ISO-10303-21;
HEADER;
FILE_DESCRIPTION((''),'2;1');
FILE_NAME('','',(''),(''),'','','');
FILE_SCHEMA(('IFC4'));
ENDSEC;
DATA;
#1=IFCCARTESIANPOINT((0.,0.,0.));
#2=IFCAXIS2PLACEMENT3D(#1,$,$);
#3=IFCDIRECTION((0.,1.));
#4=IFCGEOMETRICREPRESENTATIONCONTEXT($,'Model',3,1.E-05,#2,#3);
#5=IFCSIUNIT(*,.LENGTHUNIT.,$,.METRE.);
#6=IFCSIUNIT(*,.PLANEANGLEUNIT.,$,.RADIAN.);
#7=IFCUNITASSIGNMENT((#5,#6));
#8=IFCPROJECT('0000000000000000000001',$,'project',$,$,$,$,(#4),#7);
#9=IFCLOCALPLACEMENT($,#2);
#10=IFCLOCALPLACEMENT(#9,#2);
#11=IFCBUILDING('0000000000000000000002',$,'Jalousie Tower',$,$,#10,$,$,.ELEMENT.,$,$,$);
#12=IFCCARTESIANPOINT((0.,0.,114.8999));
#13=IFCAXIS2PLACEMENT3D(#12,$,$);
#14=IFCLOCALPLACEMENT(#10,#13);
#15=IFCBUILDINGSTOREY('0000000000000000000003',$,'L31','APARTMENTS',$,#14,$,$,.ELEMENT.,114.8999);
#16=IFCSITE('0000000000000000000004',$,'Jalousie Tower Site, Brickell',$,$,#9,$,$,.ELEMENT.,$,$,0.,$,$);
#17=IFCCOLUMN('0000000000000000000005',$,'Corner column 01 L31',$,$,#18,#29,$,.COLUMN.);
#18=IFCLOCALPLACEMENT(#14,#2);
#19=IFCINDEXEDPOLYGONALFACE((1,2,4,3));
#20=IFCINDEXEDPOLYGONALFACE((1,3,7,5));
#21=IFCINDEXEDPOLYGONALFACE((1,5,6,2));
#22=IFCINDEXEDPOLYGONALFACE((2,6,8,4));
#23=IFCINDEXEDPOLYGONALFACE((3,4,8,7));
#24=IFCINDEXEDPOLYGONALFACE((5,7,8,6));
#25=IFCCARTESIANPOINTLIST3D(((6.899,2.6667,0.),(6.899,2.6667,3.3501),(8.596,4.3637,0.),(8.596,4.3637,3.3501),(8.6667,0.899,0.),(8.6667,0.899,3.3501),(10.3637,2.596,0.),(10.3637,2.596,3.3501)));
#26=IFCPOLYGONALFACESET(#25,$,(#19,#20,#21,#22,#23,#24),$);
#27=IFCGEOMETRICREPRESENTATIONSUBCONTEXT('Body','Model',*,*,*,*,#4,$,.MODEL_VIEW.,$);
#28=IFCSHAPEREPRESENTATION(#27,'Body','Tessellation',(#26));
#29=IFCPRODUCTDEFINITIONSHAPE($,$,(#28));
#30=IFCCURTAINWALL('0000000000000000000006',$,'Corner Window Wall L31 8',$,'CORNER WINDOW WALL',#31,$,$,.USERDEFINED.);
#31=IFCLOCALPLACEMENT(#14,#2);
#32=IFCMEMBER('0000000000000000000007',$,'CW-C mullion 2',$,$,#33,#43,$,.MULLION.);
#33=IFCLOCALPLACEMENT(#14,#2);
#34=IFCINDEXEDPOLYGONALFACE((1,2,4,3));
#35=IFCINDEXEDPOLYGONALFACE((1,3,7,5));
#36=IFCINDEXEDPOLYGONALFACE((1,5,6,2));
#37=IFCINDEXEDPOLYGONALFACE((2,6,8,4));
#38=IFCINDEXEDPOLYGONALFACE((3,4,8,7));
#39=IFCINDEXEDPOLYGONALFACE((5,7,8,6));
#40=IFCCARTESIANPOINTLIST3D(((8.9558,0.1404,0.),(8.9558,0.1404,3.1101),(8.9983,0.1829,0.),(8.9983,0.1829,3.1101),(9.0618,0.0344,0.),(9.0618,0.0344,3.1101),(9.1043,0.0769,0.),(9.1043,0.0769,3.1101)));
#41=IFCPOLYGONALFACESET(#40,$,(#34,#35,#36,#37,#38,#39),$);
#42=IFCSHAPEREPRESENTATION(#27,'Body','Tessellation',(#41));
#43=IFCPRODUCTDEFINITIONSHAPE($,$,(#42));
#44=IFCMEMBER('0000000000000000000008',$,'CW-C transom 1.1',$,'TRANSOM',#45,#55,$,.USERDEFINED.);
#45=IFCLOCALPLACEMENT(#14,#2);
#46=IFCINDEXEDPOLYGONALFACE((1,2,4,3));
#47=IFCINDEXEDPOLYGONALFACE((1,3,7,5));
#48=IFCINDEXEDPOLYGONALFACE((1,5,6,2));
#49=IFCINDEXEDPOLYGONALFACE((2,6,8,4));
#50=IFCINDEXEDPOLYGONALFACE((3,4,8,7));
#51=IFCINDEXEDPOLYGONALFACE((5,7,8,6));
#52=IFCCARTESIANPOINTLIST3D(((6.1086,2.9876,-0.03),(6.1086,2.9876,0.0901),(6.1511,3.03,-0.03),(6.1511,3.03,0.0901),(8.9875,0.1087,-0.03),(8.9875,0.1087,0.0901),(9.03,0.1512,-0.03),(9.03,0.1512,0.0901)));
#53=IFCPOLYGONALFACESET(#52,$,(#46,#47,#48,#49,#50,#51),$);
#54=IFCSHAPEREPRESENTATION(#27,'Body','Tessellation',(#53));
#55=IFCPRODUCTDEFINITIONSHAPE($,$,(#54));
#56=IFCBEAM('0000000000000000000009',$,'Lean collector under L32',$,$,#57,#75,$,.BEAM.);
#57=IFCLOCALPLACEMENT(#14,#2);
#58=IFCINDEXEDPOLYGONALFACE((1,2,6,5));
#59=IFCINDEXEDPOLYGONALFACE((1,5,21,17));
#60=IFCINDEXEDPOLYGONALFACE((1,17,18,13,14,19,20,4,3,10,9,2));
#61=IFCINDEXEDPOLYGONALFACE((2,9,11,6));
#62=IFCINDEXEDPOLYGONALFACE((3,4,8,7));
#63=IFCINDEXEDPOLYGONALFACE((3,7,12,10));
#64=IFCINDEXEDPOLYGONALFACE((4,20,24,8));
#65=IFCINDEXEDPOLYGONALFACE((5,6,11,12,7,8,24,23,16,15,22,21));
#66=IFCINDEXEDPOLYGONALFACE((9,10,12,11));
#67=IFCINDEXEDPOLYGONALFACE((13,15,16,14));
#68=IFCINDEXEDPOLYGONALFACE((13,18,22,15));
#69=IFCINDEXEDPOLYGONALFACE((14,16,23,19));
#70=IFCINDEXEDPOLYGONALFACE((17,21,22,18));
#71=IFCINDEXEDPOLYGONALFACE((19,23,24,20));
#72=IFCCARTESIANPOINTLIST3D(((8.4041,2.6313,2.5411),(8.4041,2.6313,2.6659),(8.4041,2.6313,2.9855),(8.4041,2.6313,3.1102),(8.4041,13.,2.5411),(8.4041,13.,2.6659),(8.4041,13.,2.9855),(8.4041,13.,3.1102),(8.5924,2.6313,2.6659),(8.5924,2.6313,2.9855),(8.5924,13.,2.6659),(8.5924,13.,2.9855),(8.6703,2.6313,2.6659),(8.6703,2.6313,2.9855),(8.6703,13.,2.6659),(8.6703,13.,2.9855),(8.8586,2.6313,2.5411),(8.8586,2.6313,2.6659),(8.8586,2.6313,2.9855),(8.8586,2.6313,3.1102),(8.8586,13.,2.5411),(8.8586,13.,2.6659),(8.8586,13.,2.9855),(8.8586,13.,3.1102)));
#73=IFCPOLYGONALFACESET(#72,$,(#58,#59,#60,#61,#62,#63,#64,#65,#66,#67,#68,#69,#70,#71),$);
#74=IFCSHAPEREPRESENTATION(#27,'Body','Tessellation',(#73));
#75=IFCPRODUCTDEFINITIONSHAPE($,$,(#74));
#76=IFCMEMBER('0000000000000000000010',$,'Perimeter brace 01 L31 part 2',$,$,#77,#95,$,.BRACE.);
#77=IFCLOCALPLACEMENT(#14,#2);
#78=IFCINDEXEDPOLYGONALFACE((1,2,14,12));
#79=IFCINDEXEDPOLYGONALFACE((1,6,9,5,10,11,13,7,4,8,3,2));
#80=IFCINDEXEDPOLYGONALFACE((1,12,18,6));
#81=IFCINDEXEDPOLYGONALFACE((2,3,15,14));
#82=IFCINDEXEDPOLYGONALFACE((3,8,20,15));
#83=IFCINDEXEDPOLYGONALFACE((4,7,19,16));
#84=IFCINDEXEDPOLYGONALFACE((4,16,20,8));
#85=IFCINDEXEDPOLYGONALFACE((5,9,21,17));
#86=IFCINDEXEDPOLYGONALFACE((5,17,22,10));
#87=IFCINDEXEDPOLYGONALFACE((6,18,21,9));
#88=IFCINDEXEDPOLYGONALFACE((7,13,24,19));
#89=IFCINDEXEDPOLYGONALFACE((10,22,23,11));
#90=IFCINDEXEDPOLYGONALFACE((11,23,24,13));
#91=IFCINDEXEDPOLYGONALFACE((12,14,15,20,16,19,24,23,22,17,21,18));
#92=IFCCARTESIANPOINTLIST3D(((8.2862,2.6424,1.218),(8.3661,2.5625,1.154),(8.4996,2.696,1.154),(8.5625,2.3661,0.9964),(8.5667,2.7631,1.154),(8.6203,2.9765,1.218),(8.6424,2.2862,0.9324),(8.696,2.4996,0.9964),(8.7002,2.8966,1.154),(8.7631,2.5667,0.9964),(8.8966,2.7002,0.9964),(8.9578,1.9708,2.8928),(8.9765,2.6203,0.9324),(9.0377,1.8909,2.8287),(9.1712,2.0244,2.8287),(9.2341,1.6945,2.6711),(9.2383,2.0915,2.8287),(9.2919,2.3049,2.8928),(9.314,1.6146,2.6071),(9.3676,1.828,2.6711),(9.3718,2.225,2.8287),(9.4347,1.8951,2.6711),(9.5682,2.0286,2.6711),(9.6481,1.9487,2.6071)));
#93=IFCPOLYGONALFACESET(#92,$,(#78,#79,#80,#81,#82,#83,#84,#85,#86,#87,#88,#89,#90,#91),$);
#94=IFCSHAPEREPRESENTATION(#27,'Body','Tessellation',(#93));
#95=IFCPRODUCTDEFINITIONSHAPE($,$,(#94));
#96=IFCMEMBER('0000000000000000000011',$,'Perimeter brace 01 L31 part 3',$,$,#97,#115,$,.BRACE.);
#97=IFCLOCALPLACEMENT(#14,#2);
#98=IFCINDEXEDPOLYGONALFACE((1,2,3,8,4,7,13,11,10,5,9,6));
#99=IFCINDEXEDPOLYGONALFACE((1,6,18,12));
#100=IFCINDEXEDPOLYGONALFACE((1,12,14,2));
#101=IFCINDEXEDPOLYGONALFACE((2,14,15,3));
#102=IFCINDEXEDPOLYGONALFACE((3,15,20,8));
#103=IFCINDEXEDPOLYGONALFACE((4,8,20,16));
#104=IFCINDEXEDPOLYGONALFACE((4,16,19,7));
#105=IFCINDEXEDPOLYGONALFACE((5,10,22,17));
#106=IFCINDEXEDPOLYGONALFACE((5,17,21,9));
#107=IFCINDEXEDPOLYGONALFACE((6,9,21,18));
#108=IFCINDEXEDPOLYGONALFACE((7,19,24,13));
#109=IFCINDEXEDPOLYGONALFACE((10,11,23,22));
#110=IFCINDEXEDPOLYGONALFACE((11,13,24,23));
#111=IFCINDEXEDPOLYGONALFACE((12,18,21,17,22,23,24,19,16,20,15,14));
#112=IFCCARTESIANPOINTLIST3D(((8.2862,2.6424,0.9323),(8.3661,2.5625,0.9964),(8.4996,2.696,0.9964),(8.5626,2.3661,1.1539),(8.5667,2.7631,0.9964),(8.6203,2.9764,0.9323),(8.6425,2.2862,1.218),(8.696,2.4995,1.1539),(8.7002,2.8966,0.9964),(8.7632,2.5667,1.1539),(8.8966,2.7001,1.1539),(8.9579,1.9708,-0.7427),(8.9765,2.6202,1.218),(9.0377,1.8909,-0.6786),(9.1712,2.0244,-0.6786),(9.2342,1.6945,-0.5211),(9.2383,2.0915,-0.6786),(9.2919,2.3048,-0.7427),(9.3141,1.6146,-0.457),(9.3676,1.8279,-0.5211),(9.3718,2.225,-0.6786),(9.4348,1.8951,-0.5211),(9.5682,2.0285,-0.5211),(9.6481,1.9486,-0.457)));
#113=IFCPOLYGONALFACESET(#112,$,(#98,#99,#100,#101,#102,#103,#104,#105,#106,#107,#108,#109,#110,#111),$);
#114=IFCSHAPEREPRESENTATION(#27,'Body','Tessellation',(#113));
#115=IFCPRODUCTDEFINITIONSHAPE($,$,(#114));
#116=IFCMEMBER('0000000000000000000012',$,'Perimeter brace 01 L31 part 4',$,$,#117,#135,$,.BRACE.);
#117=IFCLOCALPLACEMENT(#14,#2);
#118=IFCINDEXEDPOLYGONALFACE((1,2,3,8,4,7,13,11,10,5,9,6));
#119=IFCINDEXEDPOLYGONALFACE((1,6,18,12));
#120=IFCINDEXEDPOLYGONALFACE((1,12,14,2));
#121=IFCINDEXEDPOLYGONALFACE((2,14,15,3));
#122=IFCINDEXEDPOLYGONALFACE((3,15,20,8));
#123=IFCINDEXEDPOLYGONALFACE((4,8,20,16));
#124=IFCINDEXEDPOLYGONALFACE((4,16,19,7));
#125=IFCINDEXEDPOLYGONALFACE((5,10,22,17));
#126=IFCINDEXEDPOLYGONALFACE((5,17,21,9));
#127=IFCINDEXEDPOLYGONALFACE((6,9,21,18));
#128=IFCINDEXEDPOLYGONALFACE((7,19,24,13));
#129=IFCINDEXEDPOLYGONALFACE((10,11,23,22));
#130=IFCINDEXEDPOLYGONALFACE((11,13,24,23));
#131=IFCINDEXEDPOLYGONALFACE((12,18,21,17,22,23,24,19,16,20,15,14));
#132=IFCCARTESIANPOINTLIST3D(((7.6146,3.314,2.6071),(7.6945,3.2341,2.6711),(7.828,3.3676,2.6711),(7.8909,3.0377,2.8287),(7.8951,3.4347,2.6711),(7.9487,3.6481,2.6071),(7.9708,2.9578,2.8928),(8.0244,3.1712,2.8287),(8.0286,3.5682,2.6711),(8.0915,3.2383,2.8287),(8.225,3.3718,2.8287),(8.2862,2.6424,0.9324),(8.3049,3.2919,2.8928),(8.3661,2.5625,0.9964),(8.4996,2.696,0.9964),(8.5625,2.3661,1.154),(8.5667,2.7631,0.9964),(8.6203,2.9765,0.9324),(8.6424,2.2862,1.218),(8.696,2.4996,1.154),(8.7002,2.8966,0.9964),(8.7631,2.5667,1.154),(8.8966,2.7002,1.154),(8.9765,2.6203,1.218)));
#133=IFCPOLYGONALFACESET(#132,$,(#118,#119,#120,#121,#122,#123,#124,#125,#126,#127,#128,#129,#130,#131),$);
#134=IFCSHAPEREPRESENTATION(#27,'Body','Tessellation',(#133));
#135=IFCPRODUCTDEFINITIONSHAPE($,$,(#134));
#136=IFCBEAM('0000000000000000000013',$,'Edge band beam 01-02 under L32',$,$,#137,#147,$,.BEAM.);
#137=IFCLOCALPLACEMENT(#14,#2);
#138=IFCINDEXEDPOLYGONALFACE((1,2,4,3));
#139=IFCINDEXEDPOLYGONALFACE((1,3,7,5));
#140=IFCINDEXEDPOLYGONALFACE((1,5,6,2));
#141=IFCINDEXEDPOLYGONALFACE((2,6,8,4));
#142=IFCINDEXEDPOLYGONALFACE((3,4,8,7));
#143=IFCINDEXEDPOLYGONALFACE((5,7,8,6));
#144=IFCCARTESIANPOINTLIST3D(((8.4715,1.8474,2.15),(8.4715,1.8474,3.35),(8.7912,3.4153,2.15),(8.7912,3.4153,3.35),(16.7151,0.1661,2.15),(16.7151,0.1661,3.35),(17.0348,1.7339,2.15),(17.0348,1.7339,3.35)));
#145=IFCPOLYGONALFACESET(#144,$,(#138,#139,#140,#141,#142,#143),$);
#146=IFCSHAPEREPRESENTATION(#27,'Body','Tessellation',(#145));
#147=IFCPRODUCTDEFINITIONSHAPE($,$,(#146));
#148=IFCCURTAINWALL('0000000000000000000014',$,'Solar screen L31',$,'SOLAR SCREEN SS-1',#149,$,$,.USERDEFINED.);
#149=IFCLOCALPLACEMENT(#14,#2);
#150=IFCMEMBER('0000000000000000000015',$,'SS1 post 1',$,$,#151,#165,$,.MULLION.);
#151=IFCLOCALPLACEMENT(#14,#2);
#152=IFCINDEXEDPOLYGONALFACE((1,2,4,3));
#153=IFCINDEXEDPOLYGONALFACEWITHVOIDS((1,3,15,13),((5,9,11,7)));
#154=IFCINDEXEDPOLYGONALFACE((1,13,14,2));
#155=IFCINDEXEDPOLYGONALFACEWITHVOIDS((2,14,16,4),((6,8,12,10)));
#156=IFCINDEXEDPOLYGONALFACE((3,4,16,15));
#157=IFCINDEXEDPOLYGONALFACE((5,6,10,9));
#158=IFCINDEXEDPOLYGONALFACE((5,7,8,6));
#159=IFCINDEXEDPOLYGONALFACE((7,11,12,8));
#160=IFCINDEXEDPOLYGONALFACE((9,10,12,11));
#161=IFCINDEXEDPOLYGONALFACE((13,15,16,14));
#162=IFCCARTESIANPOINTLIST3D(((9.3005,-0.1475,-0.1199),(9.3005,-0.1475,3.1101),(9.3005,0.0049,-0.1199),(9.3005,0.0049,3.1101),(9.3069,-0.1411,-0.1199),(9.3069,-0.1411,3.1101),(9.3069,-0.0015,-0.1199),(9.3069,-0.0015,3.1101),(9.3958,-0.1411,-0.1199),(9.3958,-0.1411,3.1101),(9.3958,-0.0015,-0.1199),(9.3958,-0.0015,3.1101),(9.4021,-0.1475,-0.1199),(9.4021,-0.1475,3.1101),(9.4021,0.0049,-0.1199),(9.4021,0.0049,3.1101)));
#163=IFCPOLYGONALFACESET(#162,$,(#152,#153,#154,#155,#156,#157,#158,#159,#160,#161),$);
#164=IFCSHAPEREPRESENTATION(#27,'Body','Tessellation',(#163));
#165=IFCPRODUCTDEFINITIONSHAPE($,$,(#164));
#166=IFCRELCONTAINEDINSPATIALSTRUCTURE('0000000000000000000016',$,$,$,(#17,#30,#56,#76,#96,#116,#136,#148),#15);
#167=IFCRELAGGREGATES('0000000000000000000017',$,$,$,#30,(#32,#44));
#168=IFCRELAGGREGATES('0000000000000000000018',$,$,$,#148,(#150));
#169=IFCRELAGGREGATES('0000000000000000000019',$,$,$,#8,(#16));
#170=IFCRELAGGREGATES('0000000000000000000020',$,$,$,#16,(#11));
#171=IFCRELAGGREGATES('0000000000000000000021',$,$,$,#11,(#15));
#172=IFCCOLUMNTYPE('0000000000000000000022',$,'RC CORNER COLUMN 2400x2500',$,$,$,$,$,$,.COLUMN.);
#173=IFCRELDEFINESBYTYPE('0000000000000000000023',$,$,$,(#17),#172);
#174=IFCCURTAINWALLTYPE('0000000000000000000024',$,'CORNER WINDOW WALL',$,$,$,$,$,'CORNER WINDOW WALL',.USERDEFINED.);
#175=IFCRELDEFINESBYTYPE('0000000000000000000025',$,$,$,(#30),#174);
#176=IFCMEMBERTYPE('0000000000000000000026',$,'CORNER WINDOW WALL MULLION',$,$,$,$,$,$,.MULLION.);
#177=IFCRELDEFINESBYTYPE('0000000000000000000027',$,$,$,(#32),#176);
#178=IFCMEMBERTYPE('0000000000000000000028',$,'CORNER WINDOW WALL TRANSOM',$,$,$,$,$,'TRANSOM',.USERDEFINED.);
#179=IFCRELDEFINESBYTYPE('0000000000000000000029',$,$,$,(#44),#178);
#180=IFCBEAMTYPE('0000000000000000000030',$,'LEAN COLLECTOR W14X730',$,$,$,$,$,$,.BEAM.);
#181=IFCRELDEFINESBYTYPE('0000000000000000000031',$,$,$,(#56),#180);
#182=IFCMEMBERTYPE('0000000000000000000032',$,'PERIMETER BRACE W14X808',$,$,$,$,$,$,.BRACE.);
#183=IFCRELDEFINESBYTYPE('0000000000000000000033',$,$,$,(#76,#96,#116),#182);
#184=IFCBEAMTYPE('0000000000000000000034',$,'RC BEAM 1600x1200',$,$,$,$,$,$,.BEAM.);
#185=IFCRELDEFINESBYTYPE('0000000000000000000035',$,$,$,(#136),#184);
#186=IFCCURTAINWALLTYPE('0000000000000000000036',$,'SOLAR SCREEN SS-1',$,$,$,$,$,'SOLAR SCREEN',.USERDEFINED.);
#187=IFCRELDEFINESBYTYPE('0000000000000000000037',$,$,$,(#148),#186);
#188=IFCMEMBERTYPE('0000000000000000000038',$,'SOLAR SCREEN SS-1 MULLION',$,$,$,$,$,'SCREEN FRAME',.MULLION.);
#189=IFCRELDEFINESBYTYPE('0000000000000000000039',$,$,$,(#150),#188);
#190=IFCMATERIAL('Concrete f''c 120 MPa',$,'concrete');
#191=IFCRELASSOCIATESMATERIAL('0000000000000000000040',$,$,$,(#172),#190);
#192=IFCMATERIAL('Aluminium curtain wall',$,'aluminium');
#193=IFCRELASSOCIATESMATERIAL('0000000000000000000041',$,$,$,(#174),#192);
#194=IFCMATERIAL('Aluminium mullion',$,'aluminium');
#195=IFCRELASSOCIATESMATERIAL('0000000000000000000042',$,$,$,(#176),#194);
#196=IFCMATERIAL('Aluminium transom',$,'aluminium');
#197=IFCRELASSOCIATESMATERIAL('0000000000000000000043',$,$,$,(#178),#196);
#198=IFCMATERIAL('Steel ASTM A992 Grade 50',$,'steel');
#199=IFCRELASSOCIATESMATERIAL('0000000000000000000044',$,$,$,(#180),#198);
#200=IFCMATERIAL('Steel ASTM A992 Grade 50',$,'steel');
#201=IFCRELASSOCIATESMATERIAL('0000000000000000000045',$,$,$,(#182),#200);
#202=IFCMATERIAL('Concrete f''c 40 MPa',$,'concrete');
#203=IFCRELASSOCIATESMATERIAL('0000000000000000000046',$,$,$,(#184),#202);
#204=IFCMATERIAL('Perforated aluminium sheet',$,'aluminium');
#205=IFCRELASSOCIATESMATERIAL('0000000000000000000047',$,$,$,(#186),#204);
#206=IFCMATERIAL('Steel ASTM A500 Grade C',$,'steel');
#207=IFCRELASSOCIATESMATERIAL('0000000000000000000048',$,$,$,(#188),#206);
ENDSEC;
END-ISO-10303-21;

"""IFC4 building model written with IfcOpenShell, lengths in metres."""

from ifc_helpers import new_model, si_unit, direction, frame, origin, origin_2d, place, context, subcontext, project, spatial, rectangle, hollow_rectangle, i_section, extrude, material, material_profile, profile_set, type_object, element, aggregate, save


model = new_model("IFC4")

# Units and contexts
model_context = context("Model", 3, precision=1e-05, world=origin(), true_north=direction((0.0, 1.0)))
body_context = subcontext(model_context, "Body", "Model", "MODEL_VIEW")
ifc_project = project(units=[si_unit("LENGTHUNIT", "METRE"), si_unit("PLANEANGLEUNIT", "RADIAN")], contexts=[model_context])

# Site, building, storey
site_placement = place(None, origin())
site = spatial("IfcSite", under=ifc_project, at=site_placement, Name="Jalousie Tower Site, Brickell", CompositionType="ELEMENT", RefElevation=0.0)
building_placement = place(site_placement, origin())
building = spatial("IfcBuilding", under=site, at=building_placement, Name="Jalousie Tower", CompositionType="ELEMENT")
storey_placement = place(building_placement, frame((0.0, 0.0, 114.8999)))
storey = spatial("IfcBuildingStorey", under=building, at=storey_placement, Name="L31", Description="APARTMENTS", CompositionType="ELEMENT", Elevation=114.8999)

# Column
ifc_material_1 = material(Name="Concrete f'c 120 MPa", Category="concrete")
ifc_material_profile_1 = material_profile(ifc_material_1, rectangle(XDim=2.3999, YDim=2.5, at=origin_2d()), Name="RC 2400x2500")
ifc_profile_set_1 = profile_set([ifc_material_profile_1], Name="Concrete f'c 120 MPa")
column_type = type_object("IfcColumnType", Name="RC CORNER COLUMN 2400x2500", PredefinedType="COLUMN", material=ifc_profile_set_1)
column_placement = place(storey_placement, frame((8.6313, 2.6313, 0.0), z_axis=(0.0, 0.0, 1.0), x_axis=(0.707107, 0.707107, 0.0)))
element("IfcColumn", 1, at=column_placement, inside=storey, type_object=column_type, Name="Corner column 01 L31", PredefinedType="COLUMN", context=body_context, shape_type="SweptSolid", body=[
    extrude(rectangle(XDim=2.3999, YDim=2.5, at=origin_2d()), origin(), (0.0, 0.0, 1.0), 3.3501),
])

# Curtain wall, members
ifc_material_2 = material(Name="Aluminium curtain wall", Category="aluminium")
curtain_wall_type_1 = type_object("IfcCurtainWallType", Name="CORNER WINDOW WALL", ElementType="CORNER WINDOW WALL", PredefinedType="USERDEFINED", material=ifc_material_2)
curtain_wall_1_placement = place(storey_placement, origin())
curtain_wall_1 = element("IfcCurtainWall", 2, at=curtain_wall_1_placement, inside=storey, type_object=curtain_wall_type_1, Name="Corner Window Wall L31 8", ObjectType="CORNER WINDOW WALL", PredefinedType="USERDEFINED")
ifc_material_3 = material(Name="Aluminium mullion", Category="aluminium")
ifc_material_profile_2 = material_profile(ifc_material_3, rectangle(XDim=0.0601, YDim=0.1499, at=origin_2d()), Name="MULLION 60x150")
ifc_profile_set_2 = profile_set([ifc_material_profile_2], Name="Aluminium mullion")
member_type_1 = type_object("IfcMemberType", Name="CORNER WINDOW WALL MULLION", PredefinedType="MULLION", material=ifc_profile_set_2)
member_1_placement = place(storey_placement, frame((9.03, 0.1086, 0.0), z_axis=(0.0, 0.0, 1.0), x_axis=(0.707107, 0.707107, 0.0)))
member_1 = element("IfcMember", 3, at=member_1_placement, type_object=member_type_1, Name="CW-C mullion 2", PredefinedType="MULLION", context=body_context, shape_type="SweptSolid", body=[
    extrude(rectangle(XDim=0.0601, YDim=0.1499, at=origin_2d()), origin(), (0.0, 0.0, 1.0), 3.1101),
])
ifc_material_4 = material(Name="Aluminium transom", Category="aluminium")
ifc_material_profile_3 = material_profile(ifc_material_4, rectangle(XDim=0.0601, YDim=0.1201, at=origin_2d()), Name="TRANSOM 60x120")
ifc_profile_set_3 = profile_set([ifc_material_profile_3], Name="Aluminium transom")
member_type_2 = type_object("IfcMemberType", Name="CORNER WINDOW WALL TRANSOM", ElementType="TRANSOM", PredefinedType="USERDEFINED", material=ifc_profile_set_3)
member_2_placement = place(storey_placement, frame((6.1299, 3.0088, 0.03), z_axis=(0.707107, -0.707107, 0.0), x_axis=(0.707107, 0.707107, 0.0)))
member_2 = element("IfcMember", 4, at=member_2_placement, type_object=member_type_2, Name="CW-C transom 1.1", ObjectType="TRANSOM", PredefinedType="USERDEFINED", context=body_context, shape_type="SweptSolid", body=[
    extrude(rectangle(XDim=0.0601, YDim=0.1201, at=origin_2d()), origin(), (0.0, 0.0, 1.0), 4.0713),
])

# Beam
ifc_material_5 = material(Name="Steel ASTM A992 Grade 50", Category="steel")
ifc_material_profile_4 = material_profile(ifc_material_5, i_section(OverallWidth=0.4546, OverallDepth=0.5691, WebThickness=0.0779, FlangeThickness=0.1248, at=origin_2d()), Name="W14X730")
ifc_profile_set_4 = profile_set([ifc_material_profile_4], Name="Steel ASTM A992 Grade 50")
beam_type_1 = type_object("IfcBeamType", Name="LEAN COLLECTOR W14X730", PredefinedType="BEAM", material=ifc_profile_set_4)
beam_1_placement = place(storey_placement, frame((8.6313, 2.6313, 2.8257), z_axis=(0.0, 1.0, 0.0), x_axis=(-1.0, 0.0, 0.0)))
element("IfcBeam", 5, at=beam_1_placement, inside=storey, type_object=beam_type_1, Name="Lean collector under L32", PredefinedType="BEAM", context=body_context, shape_type="SweptSolid", body=[
    extrude(i_section(OverallWidth=0.4546, OverallDepth=0.5691, WebThickness=0.0779, FlangeThickness=0.1248, at=origin_2d()), origin(), (0.0, 0.0, 1.0), 10.3687),
])

# Members
ifc_material_6 = material(Name="Steel ASTM A992 Grade 50", Category="steel")
ifc_material_profile_5 = material_profile(ifc_material_6, i_section(OverallWidth=0.4724, OverallDepth=0.5791, WebThickness=0.095, FlangeThickness=0.1299, at=origin_2d()), Name="W14X808")
ifc_profile_set_5 = profile_set([ifc_material_profile_5], Name="Steel ASTM A992 Grade 50")
member_type_3 = type_object("IfcMemberType", Name="PERIMETER BRACE W14X808", PredefinedType="BRACE", material=ifc_profile_set_5)
member_3_placement = place(storey_placement, frame((8.6313, 2.6313, 1.0752), z_axis=(0.348828, -0.348828, 0.86985), x_axis=(0.707107, 0.707107, 0.0)))
element("IfcMember", 6, at=member_3_placement, inside=storey, type_object=member_type_3, Name="Perimeter brace 01 L31 part 2", PredefinedType="BRACE", context=body_context, shape_type="SweptSolid", body=[
    extrude(i_section(OverallWidth=0.4724, OverallDepth=0.5791, WebThickness=0.095, FlangeThickness=0.1299, at=origin_2d()), origin(), (0.0, 0.0, 1.0), 1.9253),
])
member_4_placement = place(storey_placement, frame((9.303, 1.9597, -0.5999), z_axis=(-0.348789, 0.348789, 0.869881), x_axis=(-0.707107, -0.707107, 0.0)))
element("IfcMember", 7, at=member_4_placement, inside=storey, type_object=member_type_3, Name="Perimeter brace 01 L31 part 3", PredefinedType="BRACE", context=body_context, shape_type="SweptSolid", body=[
    extrude(i_section(OverallWidth=0.4724, OverallDepth=0.5791, WebThickness=0.095, FlangeThickness=0.1299, at=origin_2d()), origin(), (0.0, 0.0, 1.0), 1.9255),
])
member_5_placement = place(storey_placement, frame((8.6313, 2.6313, 1.0752), z_axis=(-0.348828, 0.348828, 0.86985), x_axis=(-0.707107, -0.707107, 0.0)))
element("IfcMember", 8, at=member_5_placement, inside=storey, type_object=member_type_3, Name="Perimeter brace 01 L31 part 4", PredefinedType="BRACE", context=body_context, shape_type="SweptSolid", body=[
    extrude(i_section(OverallWidth=0.4724, OverallDepth=0.5791, WebThickness=0.095, FlangeThickness=0.1299, at=origin_2d()), origin(), (0.0, 0.0, 1.0), 1.9253),
])

# Beam
ifc_material_7 = material(Name="Concrete f'c 40 MPa", Category="concrete")
ifc_material_profile_6 = material_profile(ifc_material_7, rectangle(XDim=1.6001, YDim=1.2, at=origin_2d()), Name="RC 1600x1200")
ifc_profile_set_6 = profile_set([ifc_material_profile_6], Name="Concrete f'c 40 MPa")
beam_type_2 = type_object("IfcBeamType", Name="RC BEAM 1600x1200", PredefinedType="BEAM", material=ifc_profile_set_6)
beam_2_placement = place(storey_placement, frame((8.6313, 2.6313, 2.75), z_axis=(0.979827, -0.199848, 0.0), x_axis=(0.199848, 0.979827, 0.0)))
element("IfcBeam", 9, at=beam_2_placement, inside=storey, type_object=beam_type_2, Name="Edge band beam 01-02 under L32", PredefinedType="BEAM", context=body_context, shape_type="SweptSolid", body=[
    extrude(rectangle(XDim=1.6001, YDim=1.2, at=origin_2d()), origin(), (0.0, 0.0, 1.0), 8.4133),
])

# Curtain wall, member
ifc_material_8 = material(Name="Perforated aluminium sheet", Category="aluminium")
curtain_wall_type_2 = type_object("IfcCurtainWallType", Name="SOLAR SCREEN SS-1", ElementType="SOLAR SCREEN", PredefinedType="USERDEFINED", material=ifc_material_8)
curtain_wall_2_placement = place(storey_placement, origin())
curtain_wall_2 = element("IfcCurtainWall", 10, at=curtain_wall_2_placement, inside=storey, type_object=curtain_wall_type_2, Name="Solar screen L31", ObjectType="SOLAR SCREEN SS-1", PredefinedType="USERDEFINED")
ifc_material_9 = material(Name="Steel ASTM A500 Grade C", Category="steel")
ifc_material_profile_7 = material_profile(ifc_material_9, hollow_rectangle(XDim=0.1016, YDim=0.1523, WallThickness=0.0063, at=origin_2d()), Name="HSS6X4X1/4")
ifc_profile_set_7 = profile_set([ifc_material_profile_7], Name="Steel ASTM A500 Grade C")
member_type_4 = type_object("IfcMemberType", Name="SOLAR SCREEN SS-1 MULLION", ElementType="SCREEN FRAME", PredefinedType="MULLION", material=ifc_profile_set_7)
member_6_placement = place(storey_placement, frame((9.3513, -0.0713, -0.1199), z_axis=(0.0, 0.0, 1.0), x_axis=(1.0, 0.0, 0.0)))
member_6 = element("IfcMember", 11, at=member_6_placement, type_object=member_type_4, Name="SS1 post 1", PredefinedType="MULLION", context=body_context, shape_type="SweptSolid", body=[
    extrude(hollow_rectangle(XDim=0.1016, YDim=0.1523, WallThickness=0.0063, at=origin_2d()), origin(), (0.0, 0.0, 1.0), 3.23),
])

aggregate(curtain_wall_1, [member_1, member_2])

aggregate(curtain_wall_2, [member_6])

save(model, "model.ifc")
